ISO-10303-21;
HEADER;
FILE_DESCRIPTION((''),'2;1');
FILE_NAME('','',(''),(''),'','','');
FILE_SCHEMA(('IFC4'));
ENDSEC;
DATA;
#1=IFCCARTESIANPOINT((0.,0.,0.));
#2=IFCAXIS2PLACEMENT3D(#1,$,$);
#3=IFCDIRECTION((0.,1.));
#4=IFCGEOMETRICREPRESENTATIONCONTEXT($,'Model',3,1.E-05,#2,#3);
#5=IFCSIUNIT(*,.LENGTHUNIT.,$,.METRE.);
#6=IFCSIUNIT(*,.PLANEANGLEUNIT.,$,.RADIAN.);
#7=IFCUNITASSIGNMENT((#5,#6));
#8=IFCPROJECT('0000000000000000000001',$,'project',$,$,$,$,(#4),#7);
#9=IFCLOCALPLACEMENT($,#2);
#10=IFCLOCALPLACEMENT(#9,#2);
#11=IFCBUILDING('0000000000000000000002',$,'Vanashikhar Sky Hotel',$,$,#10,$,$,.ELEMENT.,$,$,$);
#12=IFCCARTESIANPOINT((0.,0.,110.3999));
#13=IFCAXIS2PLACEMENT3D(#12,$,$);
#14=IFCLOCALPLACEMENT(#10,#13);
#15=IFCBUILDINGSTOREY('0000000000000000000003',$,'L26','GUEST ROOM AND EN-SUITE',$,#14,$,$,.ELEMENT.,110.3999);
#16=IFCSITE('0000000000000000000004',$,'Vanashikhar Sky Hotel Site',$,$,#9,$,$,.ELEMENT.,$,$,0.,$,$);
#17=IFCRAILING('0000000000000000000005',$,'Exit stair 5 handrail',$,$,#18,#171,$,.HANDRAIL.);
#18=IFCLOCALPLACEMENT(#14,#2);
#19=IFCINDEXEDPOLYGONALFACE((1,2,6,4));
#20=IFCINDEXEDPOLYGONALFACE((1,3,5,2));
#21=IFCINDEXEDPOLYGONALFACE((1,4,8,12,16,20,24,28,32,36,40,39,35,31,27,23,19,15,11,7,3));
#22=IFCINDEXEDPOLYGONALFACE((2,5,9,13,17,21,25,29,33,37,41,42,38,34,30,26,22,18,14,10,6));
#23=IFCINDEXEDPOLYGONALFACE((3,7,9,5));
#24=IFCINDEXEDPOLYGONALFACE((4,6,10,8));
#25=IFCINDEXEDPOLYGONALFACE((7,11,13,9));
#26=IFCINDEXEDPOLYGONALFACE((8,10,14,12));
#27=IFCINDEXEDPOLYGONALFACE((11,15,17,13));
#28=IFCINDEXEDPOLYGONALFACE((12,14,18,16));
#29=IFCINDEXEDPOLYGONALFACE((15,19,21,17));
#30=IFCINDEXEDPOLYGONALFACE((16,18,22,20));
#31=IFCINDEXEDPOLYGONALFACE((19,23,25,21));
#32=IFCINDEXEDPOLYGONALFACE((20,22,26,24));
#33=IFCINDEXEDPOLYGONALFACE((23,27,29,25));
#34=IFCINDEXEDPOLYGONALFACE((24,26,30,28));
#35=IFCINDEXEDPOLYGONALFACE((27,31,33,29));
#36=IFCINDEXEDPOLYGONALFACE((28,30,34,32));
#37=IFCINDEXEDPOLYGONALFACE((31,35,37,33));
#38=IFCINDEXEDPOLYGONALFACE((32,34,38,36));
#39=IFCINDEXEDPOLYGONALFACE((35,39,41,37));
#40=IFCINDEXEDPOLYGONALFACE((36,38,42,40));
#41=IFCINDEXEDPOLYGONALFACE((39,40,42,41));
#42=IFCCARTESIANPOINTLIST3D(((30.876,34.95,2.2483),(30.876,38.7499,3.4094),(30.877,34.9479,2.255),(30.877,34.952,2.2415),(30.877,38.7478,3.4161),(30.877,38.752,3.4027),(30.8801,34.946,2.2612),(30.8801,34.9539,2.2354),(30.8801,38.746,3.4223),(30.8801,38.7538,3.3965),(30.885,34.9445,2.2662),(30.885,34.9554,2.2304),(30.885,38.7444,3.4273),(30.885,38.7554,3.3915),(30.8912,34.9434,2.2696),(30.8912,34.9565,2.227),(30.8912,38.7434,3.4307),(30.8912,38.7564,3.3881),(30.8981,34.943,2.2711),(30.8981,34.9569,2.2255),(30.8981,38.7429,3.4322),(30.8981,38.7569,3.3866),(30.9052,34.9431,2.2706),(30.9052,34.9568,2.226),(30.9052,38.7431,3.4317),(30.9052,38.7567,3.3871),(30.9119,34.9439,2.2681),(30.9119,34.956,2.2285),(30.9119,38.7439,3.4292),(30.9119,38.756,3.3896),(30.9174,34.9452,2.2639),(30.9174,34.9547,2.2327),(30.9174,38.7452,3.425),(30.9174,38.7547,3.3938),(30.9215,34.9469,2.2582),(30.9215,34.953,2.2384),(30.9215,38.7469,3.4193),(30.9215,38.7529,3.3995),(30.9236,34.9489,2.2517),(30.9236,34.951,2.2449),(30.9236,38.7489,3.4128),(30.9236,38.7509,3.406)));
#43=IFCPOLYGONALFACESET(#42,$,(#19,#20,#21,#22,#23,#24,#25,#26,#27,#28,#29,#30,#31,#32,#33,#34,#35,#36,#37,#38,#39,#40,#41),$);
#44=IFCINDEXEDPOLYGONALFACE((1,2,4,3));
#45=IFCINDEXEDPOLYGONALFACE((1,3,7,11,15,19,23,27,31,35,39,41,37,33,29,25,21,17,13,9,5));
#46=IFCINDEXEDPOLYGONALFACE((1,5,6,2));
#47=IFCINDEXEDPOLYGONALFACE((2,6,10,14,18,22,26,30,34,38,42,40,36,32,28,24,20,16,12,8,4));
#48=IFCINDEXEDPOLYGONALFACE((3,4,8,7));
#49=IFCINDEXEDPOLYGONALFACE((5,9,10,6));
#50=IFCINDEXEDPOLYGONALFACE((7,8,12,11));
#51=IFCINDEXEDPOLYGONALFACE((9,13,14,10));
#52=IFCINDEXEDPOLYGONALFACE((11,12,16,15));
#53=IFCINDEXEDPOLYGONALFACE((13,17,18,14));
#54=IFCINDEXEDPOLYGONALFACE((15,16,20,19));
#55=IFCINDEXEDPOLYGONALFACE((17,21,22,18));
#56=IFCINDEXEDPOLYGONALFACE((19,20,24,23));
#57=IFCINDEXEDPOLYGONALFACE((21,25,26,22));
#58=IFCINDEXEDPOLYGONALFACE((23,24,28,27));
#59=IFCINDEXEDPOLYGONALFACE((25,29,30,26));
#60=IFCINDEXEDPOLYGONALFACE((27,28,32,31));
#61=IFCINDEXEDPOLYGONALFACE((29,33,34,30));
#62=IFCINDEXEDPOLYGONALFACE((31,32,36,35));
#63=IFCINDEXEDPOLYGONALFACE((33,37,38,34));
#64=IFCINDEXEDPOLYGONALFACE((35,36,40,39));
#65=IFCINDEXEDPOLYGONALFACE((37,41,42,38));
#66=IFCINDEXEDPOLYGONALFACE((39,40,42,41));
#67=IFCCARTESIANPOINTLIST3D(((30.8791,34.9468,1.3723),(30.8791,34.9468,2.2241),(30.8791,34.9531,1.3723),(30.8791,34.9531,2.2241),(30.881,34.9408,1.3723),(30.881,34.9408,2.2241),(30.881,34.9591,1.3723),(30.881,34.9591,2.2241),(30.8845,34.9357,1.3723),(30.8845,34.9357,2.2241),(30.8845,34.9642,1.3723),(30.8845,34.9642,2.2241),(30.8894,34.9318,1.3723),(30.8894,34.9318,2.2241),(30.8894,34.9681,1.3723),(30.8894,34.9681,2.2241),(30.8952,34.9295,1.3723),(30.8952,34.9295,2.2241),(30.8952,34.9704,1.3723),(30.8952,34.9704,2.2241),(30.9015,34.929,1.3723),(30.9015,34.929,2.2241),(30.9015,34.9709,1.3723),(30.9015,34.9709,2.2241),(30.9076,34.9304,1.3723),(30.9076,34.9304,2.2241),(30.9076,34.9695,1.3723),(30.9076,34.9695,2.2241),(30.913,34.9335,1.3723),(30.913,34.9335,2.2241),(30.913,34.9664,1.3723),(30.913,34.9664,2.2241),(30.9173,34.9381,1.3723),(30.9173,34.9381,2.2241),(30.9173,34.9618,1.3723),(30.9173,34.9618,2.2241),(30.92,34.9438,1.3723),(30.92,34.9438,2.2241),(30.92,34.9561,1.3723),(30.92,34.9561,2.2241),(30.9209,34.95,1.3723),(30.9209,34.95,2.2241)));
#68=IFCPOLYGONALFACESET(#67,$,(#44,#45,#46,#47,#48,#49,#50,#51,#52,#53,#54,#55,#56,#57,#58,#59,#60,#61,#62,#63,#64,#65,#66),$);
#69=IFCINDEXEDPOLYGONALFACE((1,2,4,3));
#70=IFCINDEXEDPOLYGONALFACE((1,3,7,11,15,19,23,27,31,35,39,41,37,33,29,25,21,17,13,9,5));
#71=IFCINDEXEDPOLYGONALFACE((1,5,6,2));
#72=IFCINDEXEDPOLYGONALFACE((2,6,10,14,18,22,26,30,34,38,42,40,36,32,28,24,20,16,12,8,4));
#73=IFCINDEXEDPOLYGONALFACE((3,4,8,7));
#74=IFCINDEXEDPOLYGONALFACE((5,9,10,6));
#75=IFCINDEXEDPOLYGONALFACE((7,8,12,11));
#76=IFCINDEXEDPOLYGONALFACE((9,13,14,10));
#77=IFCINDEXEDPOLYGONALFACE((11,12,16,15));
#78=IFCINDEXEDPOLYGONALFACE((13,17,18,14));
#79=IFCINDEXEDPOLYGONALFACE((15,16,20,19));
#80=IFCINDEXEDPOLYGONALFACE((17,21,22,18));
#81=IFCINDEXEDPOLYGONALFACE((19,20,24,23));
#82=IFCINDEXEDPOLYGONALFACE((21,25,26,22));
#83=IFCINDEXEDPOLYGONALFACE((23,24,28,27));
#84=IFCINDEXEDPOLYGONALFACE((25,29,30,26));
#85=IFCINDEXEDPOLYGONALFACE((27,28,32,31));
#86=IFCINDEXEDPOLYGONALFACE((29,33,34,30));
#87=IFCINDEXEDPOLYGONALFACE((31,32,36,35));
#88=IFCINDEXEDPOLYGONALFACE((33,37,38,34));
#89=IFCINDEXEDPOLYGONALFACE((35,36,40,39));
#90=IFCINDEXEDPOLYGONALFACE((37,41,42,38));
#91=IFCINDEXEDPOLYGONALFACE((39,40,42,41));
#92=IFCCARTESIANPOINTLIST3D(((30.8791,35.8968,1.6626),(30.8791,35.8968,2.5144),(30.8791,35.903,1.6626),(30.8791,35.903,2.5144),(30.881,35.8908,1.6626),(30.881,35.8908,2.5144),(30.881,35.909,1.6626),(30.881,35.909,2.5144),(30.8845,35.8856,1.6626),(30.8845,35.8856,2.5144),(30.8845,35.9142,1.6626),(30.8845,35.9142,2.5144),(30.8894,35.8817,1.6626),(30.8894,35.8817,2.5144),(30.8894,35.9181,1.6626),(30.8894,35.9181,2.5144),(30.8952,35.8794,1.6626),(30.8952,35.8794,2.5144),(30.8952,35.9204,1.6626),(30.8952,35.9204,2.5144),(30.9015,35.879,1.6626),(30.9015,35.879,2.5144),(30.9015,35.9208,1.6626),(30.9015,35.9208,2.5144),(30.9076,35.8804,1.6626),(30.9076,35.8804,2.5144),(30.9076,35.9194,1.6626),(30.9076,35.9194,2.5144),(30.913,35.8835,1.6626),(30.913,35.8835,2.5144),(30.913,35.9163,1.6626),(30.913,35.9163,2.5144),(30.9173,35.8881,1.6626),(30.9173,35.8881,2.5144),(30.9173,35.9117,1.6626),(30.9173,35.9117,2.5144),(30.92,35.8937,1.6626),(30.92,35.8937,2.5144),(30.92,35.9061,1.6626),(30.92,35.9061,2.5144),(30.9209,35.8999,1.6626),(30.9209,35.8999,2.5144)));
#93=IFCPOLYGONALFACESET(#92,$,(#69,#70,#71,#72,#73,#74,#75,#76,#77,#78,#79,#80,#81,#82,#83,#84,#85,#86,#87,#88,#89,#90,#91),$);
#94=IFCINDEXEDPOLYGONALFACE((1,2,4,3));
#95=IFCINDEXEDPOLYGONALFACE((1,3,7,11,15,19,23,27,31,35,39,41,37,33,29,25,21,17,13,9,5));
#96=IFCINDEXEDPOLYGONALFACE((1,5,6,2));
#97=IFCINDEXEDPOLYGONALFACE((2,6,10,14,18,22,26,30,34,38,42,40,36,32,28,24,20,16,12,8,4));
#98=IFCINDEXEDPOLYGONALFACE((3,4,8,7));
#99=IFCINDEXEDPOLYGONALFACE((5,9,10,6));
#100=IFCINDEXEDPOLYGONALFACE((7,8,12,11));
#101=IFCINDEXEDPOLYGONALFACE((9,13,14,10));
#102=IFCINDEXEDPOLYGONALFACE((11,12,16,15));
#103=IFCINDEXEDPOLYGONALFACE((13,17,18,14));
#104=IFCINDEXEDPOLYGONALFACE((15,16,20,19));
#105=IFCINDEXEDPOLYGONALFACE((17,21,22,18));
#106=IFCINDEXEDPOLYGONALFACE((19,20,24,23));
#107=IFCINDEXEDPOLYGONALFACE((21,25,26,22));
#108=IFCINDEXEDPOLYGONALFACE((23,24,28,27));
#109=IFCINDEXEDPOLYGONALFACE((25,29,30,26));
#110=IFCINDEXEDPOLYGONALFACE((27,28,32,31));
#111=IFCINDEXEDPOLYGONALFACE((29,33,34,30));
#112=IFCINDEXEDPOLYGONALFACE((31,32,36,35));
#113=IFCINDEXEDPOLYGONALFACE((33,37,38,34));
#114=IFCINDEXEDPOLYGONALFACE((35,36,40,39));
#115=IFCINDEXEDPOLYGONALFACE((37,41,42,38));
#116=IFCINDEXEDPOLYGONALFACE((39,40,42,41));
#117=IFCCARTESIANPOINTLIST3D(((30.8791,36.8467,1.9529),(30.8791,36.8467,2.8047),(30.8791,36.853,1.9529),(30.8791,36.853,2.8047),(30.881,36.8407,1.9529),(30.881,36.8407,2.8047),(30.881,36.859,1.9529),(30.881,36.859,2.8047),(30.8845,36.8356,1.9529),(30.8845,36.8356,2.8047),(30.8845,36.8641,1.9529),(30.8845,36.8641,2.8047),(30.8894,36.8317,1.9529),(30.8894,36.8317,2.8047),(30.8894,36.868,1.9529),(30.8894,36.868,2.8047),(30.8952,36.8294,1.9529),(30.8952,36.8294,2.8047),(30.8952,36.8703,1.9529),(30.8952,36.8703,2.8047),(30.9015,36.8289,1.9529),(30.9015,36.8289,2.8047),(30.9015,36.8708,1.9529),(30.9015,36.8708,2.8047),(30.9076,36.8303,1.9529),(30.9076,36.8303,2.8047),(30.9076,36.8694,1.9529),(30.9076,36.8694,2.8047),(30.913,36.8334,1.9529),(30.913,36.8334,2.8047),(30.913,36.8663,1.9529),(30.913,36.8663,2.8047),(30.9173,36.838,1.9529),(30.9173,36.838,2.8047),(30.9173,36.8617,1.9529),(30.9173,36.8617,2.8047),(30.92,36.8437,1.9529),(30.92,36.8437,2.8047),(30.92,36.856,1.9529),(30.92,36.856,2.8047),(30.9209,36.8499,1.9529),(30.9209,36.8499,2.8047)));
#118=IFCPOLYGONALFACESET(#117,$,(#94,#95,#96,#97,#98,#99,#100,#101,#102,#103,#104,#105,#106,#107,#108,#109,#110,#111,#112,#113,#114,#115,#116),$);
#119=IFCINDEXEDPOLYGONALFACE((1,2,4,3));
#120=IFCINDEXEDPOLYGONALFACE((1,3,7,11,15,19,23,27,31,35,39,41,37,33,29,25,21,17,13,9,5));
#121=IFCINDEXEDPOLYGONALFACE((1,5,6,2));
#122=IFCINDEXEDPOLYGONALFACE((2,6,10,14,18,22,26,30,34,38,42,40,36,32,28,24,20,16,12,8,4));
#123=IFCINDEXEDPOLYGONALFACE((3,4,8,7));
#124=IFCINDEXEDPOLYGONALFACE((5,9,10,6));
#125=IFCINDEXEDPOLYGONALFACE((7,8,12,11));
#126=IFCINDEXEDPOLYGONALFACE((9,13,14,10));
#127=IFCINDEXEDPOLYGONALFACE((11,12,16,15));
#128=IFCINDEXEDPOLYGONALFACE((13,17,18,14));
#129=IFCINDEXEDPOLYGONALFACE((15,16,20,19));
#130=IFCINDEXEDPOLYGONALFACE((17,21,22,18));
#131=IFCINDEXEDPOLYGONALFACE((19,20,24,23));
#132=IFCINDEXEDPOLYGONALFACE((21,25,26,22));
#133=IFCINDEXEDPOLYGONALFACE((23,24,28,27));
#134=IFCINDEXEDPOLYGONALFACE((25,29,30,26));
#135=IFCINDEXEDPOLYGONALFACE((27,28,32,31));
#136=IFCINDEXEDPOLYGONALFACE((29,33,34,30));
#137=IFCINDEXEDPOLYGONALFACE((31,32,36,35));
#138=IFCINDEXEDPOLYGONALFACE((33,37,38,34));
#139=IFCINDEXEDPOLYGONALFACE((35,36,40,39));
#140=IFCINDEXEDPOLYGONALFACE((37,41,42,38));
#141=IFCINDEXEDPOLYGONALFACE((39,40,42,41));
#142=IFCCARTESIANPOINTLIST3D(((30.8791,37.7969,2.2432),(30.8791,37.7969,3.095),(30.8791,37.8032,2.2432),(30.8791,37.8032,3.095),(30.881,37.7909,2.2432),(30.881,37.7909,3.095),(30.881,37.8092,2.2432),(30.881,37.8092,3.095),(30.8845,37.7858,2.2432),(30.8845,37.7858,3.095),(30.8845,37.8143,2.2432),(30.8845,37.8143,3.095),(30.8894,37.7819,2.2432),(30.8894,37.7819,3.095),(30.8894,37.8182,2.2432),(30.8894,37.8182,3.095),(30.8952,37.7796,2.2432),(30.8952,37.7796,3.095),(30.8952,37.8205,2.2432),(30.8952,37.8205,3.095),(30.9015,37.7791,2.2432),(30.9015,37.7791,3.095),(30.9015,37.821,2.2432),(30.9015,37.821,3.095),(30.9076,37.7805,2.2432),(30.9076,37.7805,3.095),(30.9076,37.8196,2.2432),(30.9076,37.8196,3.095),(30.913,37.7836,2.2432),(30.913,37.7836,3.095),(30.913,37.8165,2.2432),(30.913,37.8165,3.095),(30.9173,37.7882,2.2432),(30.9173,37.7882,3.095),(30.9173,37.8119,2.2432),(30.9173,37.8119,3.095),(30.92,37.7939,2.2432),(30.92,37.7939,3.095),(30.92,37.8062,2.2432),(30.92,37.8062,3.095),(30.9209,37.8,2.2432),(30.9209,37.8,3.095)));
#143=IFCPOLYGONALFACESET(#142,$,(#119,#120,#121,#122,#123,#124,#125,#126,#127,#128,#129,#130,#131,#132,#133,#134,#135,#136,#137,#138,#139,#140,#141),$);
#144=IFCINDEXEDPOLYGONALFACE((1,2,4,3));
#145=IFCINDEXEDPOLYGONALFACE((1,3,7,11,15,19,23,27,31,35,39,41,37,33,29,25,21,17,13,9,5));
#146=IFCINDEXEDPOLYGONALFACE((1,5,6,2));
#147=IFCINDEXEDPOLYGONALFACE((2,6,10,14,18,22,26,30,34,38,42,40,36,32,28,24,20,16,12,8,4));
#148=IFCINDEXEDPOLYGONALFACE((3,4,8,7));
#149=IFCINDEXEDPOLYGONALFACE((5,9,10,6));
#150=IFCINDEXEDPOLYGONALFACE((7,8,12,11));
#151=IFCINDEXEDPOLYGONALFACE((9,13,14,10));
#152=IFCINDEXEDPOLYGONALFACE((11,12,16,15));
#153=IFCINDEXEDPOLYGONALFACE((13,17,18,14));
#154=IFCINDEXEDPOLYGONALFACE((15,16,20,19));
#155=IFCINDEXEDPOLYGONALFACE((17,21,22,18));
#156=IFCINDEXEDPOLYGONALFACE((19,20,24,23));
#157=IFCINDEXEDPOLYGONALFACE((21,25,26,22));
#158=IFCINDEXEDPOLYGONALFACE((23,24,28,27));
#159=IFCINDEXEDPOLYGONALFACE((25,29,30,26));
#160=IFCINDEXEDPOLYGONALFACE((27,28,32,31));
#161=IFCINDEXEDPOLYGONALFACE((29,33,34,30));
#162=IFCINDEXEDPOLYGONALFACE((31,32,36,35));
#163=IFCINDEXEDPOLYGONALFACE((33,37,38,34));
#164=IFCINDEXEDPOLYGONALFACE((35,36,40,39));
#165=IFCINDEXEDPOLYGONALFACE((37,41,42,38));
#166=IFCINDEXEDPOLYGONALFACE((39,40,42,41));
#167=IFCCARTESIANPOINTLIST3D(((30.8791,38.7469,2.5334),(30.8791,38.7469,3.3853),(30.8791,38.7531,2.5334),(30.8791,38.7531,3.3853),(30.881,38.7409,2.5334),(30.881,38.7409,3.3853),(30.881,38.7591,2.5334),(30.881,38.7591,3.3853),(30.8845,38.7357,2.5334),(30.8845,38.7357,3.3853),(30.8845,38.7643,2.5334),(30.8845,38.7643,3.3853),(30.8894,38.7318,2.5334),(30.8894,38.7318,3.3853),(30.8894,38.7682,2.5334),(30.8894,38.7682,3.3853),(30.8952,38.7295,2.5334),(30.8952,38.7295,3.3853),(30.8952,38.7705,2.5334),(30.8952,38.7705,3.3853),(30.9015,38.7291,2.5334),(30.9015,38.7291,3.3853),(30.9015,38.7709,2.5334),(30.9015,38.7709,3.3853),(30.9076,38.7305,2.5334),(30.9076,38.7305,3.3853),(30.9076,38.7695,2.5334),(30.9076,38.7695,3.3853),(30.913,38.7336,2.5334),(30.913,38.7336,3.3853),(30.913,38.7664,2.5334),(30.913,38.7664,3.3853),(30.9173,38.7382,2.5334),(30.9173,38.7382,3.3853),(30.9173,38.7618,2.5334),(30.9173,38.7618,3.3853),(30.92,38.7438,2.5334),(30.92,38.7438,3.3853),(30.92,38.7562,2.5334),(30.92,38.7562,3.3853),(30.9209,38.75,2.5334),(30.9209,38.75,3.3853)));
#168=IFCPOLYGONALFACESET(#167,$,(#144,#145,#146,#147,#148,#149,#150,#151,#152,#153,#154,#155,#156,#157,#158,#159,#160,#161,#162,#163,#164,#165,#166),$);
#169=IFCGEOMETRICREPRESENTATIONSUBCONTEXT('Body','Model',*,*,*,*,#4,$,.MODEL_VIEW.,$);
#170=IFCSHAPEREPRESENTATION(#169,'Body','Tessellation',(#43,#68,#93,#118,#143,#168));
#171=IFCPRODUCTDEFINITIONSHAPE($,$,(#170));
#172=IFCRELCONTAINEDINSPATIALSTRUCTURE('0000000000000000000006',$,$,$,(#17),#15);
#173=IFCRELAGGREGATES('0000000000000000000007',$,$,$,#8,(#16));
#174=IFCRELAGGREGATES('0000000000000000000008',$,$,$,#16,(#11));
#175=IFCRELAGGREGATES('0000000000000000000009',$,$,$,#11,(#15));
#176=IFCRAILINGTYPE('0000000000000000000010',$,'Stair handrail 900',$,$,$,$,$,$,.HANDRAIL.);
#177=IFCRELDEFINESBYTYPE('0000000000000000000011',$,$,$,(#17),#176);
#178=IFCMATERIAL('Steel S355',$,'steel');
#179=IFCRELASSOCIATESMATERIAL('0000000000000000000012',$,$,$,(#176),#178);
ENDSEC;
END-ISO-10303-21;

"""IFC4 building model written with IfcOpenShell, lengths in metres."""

from ifc_helpers import new_model, si_unit, direction, frame, origin, origin_2d, place, context, subcontext, project, spatial, circle, extrude, source, transform, mapped, material, type_object, element, save


model = new_model("IFC4")

# Units and contexts
model_context = context("Model", 3, precision=1e-05, world=origin(), true_north=direction((0.0, 1.0)))
body_context = subcontext(model_context, "Body", "Model", "MODEL_VIEW")
ifc_project = project(units=[si_unit("LENGTHUNIT", "METRE"), si_unit("PLANEANGLEUNIT", "RADIAN")], contexts=[model_context])

# Site, building, storey
site_placement = place(None, origin())
site = spatial("IfcSite", under=ifc_project, at=site_placement, Name="Vanashikhar Sky Hotel Site", CompositionType="ELEMENT", RefElevation=0.0)
building_placement = place(site_placement, origin())
building = spatial("IfcBuilding", under=site, at=building_placement, Name="Vanashikhar Sky Hotel", CompositionType="ELEMENT")
storey_placement = place(building_placement, frame((0.0, 0.0, 110.3999)))
storey = spatial("IfcBuildingStorey", under=building, at=storey_placement, Name="L26", Description="GUEST ROOM AND EN-SUITE", CompositionType="ELEMENT", Elevation=110.3999)

# Railing
ifc_material_1 = material(Name="Steel S355", Category="steel")
railing_type_1 = type_object("IfcRailingType", Name="Stair handrail 900", PredefinedType="HANDRAIL", material=ifc_material_1)
shared_shape_1 = source(origin(), body_context, "Body", "SweptSolid", [
    extrude(circle(Radius=0.0239, at=origin_2d()), frame((0.0, 0.0, 0.876), z_axis=(0.0, 0.956351, 0.29222), x_axis=(-1.0, 0.0, 0.0)), (0.0, 0.0, 1.0), 3.9734),
    extrude(circle(Radius=0.021, at=origin_2d()), origin(), (0.0, 0.0, 1.0), 0.8518),
    extrude(circle(Radius=0.021, at=origin_2d()), frame((0.0, 0.95, 0.2903)), (0.0, 0.0, 1.0), 0.8518),
    extrude(circle(Radius=0.021, at=origin_2d()), frame((0.0, 1.8999, 0.5806)), (0.0, 0.0, 1.0), 0.8518),
    extrude(circle(Radius=0.021, at=origin_2d()), frame((0.0, 2.8501, 0.8708)), (0.0, 0.0, 1.0), 0.8518),
    extrude(circle(Radius=0.021, at=origin_2d()), frame((0.0, 3.8, 1.1611)), (0.0, 0.0, 1.0), 0.8518),
])
railing_1_placement = place(storey_placement, frame((30.8999, 34.95, 1.3723)))
element("IfcRailing", 1, at=railing_1_placement, inside=storey, type_object=railing_type_1, Name="Exit stair 5 handrail", PredefinedType="HANDRAIL", context=body_context, shape_type="MappedRepresentation", body=[
    mapped(shared_shape_1, transform((0.0, 0.0, 0.0), scale=1.0)),
])

save(model, "model.ifc")
